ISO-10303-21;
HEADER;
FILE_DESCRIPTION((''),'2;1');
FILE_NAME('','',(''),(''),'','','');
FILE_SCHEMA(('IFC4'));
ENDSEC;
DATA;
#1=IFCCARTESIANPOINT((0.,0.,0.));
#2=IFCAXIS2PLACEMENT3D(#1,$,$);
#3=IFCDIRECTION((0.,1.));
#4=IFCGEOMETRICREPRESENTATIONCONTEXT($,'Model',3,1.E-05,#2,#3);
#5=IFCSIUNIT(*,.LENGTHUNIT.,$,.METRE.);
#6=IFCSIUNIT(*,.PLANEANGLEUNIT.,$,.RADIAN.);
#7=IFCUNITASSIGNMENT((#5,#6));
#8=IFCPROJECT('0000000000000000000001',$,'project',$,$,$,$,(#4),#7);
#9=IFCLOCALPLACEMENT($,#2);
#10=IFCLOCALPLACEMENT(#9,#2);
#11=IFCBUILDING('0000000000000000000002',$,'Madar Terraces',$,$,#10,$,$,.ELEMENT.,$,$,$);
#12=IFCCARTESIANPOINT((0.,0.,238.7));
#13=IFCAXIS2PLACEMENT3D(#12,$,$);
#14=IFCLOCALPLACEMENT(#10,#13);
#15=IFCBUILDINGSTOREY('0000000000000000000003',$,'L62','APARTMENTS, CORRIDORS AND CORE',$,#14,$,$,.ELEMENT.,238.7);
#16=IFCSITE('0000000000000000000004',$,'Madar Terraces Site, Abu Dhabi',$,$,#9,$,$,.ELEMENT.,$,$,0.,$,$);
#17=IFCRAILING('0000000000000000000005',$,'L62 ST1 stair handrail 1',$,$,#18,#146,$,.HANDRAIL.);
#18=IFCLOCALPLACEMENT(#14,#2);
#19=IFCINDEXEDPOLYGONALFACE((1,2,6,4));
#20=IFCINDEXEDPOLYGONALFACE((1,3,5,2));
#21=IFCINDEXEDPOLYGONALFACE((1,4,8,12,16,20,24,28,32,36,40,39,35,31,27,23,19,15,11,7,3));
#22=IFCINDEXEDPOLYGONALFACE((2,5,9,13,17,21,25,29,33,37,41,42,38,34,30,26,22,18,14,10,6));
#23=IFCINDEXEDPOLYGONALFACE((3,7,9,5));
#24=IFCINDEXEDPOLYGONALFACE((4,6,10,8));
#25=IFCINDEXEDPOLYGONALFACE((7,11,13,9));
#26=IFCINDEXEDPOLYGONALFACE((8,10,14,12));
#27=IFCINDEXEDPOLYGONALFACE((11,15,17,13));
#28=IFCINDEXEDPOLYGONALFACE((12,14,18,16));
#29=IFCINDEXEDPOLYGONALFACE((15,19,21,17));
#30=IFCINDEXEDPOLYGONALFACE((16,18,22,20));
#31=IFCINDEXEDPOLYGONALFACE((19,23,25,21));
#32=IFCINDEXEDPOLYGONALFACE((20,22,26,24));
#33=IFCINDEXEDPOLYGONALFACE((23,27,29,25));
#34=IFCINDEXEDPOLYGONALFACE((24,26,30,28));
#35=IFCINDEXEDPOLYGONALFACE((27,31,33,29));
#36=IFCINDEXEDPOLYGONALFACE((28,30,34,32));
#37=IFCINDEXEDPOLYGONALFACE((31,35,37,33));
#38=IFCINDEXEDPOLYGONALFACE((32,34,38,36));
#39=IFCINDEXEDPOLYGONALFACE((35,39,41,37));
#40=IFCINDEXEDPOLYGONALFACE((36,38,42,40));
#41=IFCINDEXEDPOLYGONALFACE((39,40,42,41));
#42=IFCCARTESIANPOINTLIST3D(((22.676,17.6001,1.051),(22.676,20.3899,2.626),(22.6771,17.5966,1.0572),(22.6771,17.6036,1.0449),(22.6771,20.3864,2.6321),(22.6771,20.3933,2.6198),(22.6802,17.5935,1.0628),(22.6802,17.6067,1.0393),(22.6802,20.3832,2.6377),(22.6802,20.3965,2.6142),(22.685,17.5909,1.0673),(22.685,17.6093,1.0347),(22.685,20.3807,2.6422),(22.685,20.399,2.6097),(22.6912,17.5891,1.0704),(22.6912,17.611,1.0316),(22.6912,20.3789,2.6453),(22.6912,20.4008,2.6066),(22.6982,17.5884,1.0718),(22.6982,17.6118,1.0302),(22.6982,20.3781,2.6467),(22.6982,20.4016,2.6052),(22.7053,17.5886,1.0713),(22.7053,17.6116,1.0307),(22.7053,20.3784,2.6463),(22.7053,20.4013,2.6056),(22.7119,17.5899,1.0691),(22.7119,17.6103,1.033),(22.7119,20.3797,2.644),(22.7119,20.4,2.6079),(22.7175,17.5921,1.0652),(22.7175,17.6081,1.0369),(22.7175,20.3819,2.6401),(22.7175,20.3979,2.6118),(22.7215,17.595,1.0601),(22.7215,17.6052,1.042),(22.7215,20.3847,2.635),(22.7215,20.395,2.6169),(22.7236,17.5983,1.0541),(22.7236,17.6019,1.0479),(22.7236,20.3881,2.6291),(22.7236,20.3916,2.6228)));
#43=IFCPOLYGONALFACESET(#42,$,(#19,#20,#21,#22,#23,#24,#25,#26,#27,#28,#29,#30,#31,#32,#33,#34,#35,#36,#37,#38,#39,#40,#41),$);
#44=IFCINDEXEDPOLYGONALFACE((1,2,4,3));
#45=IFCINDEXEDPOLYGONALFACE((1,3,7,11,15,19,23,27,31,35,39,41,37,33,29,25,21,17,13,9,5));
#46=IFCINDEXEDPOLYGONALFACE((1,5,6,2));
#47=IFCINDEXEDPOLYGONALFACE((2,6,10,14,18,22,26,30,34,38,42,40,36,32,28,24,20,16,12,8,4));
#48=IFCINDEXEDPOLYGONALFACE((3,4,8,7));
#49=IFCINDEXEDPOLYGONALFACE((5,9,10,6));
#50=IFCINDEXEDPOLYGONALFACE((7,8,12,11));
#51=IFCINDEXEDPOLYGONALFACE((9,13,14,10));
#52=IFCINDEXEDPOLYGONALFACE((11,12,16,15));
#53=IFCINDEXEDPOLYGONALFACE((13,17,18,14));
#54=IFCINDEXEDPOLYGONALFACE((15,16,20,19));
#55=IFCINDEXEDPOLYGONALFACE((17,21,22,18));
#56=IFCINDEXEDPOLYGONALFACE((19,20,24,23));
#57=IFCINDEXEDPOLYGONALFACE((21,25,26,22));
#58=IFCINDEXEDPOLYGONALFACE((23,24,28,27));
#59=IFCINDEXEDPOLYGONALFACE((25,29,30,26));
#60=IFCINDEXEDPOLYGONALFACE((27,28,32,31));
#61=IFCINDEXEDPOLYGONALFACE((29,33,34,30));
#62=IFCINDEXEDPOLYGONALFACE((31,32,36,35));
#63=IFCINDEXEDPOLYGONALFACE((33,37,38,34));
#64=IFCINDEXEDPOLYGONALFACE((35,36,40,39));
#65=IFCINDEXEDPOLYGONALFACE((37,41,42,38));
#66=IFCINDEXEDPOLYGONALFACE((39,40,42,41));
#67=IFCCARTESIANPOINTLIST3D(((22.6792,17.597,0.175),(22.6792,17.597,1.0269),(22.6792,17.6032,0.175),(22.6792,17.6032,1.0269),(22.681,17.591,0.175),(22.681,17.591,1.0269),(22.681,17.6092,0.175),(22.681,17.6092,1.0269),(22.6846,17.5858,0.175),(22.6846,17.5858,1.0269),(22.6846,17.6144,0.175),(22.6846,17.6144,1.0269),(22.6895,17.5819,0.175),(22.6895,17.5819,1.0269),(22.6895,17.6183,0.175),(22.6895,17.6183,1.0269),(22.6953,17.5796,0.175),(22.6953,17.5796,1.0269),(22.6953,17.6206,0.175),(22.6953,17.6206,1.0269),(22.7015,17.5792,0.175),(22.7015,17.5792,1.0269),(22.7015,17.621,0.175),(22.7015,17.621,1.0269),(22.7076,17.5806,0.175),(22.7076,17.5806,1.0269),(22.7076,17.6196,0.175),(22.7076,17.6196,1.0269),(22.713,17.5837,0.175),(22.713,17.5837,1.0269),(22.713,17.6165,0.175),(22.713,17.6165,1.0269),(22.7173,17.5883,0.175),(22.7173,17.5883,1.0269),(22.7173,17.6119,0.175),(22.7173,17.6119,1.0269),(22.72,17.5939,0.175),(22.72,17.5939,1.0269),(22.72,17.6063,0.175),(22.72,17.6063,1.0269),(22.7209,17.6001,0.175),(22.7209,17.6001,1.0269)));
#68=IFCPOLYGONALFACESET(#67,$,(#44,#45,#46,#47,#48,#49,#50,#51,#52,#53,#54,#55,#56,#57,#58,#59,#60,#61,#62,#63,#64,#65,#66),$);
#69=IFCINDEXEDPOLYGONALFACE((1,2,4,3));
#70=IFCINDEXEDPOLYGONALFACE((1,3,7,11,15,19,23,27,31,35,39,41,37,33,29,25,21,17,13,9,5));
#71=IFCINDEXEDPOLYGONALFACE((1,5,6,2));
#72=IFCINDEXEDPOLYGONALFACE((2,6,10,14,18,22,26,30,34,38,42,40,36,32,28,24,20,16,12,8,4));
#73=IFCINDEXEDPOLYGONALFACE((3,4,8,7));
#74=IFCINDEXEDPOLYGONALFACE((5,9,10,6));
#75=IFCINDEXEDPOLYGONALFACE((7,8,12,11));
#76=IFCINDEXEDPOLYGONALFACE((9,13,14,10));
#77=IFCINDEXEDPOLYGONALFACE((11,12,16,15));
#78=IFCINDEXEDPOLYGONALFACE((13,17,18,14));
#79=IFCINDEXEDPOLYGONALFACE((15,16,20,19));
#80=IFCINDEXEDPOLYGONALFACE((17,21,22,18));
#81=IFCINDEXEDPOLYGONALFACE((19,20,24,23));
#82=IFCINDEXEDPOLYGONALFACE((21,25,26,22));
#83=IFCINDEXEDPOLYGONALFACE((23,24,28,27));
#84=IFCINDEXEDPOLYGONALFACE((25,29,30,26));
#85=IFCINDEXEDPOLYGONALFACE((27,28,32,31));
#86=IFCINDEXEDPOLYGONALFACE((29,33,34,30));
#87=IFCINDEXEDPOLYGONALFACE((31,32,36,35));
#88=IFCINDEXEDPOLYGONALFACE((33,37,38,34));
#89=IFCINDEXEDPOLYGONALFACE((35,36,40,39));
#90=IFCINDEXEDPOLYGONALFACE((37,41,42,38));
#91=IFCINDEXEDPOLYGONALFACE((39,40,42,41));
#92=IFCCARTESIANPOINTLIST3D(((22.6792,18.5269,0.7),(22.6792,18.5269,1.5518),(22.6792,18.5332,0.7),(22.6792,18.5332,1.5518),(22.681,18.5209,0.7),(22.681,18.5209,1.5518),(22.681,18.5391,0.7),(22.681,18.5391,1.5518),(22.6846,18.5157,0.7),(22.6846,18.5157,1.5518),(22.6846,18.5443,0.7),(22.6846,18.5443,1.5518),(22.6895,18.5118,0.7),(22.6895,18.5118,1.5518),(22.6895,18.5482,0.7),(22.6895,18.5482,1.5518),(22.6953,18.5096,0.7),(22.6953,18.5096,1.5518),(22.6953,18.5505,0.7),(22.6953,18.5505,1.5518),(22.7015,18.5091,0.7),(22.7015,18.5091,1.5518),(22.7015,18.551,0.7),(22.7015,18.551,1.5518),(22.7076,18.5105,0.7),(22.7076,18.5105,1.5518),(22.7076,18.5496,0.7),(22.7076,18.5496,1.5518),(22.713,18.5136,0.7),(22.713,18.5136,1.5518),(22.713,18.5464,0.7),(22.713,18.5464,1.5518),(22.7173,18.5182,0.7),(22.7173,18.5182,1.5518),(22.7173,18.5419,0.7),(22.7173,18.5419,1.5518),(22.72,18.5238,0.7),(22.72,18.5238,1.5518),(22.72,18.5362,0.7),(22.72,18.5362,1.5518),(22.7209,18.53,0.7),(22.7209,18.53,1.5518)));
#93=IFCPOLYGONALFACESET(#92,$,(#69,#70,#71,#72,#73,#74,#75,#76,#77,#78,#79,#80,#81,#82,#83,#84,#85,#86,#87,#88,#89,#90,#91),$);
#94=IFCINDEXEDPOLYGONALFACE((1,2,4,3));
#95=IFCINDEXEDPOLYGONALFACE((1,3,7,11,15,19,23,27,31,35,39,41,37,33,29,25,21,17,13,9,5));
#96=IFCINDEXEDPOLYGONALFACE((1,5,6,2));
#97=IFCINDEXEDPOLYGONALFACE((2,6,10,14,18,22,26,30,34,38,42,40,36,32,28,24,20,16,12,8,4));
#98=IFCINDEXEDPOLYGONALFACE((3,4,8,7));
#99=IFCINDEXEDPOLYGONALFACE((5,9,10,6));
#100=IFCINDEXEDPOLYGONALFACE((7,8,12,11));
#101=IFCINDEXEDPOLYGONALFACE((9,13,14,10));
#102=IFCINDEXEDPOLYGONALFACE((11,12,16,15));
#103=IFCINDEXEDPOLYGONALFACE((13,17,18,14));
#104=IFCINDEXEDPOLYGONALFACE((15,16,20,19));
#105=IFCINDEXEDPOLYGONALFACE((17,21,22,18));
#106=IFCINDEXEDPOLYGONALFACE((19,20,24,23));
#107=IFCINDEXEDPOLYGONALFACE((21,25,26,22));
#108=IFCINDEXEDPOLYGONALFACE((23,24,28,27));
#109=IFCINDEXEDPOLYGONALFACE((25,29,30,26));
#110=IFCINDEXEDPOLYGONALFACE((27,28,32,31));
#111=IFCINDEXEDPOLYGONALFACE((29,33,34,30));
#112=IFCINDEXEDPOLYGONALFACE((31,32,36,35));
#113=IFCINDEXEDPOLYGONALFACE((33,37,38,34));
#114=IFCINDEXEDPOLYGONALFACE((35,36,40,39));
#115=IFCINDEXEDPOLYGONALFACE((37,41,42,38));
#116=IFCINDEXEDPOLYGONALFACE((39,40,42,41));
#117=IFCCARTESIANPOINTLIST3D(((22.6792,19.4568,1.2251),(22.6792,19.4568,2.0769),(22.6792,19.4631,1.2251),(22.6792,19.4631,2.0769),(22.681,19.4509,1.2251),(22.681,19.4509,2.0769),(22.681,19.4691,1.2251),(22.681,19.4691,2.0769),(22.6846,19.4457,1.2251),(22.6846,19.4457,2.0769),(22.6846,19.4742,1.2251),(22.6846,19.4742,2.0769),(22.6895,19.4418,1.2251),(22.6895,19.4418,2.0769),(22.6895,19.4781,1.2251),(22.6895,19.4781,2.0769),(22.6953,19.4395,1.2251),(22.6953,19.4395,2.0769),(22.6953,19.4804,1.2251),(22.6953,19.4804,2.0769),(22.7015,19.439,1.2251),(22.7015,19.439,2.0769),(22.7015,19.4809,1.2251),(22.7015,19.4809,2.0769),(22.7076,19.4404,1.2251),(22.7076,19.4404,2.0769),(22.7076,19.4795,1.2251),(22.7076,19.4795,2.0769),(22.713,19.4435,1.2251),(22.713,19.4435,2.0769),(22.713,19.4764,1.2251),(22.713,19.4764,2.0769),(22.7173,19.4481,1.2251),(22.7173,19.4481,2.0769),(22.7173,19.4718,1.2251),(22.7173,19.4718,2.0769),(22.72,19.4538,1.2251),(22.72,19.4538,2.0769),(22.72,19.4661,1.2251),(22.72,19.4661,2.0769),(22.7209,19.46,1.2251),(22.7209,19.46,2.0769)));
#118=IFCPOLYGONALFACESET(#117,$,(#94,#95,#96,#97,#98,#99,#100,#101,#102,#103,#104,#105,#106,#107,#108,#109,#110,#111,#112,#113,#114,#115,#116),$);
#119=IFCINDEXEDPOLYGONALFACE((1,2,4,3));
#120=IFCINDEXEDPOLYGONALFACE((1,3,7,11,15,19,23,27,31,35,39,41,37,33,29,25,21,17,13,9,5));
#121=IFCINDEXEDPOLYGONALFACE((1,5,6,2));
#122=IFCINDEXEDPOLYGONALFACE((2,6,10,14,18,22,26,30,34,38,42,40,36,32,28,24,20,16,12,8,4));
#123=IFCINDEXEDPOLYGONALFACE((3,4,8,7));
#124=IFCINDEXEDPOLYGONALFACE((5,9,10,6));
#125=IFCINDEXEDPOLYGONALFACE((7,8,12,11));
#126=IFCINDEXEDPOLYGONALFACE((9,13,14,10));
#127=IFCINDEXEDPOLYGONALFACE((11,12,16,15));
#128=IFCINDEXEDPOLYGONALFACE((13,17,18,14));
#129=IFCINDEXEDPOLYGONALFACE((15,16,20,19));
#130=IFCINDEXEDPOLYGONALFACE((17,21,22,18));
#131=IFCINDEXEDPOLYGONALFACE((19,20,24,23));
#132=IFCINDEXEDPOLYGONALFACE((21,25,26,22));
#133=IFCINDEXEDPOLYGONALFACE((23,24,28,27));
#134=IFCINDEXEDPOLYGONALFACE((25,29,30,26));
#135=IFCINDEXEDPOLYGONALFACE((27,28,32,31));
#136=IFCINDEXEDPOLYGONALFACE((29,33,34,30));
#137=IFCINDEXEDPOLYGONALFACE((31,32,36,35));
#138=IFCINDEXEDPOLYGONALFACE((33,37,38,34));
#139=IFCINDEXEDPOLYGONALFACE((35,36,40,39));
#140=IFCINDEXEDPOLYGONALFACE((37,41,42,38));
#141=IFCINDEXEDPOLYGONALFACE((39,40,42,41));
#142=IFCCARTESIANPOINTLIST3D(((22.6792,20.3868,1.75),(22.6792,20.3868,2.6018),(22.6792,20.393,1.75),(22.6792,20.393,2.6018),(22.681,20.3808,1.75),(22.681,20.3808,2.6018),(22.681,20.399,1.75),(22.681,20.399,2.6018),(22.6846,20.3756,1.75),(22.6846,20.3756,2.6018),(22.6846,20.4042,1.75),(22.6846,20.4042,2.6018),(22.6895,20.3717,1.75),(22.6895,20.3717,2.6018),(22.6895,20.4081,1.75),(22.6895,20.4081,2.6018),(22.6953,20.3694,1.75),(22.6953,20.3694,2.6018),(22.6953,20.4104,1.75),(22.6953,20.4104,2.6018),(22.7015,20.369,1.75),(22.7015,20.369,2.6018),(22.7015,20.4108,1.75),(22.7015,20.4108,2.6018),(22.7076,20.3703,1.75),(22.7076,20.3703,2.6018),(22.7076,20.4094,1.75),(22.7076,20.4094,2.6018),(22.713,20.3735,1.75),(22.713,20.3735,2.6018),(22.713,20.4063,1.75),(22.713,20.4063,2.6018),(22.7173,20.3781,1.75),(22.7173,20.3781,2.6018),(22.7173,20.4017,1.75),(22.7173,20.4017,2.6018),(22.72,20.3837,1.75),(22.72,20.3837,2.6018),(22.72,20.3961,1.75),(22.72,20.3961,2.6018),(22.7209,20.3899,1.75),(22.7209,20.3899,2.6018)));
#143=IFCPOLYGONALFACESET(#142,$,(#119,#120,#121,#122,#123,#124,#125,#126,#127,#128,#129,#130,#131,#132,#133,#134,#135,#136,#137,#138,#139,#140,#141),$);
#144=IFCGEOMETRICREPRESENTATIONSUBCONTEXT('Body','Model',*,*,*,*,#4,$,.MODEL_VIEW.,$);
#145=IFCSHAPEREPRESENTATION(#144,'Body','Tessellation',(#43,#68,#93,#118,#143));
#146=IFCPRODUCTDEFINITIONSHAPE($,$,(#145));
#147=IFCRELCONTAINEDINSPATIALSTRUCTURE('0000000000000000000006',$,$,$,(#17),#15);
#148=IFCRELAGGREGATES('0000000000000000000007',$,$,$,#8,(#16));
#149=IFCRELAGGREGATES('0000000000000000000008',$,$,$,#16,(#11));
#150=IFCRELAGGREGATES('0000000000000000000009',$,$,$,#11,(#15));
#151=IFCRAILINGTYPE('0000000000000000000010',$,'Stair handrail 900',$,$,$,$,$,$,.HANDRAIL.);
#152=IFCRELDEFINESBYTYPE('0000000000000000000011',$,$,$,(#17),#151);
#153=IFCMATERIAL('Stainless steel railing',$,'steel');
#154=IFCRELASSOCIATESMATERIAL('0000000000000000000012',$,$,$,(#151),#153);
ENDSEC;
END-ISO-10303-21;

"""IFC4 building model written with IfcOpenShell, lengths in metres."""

from ifc_helpers import new_model, si_unit, direction, frame, origin, origin_2d, place, context, subcontext, project, spatial, circle, extrude, material, type_object, element, save


model = new_model("IFC4")

# Units and contexts
model_context = context("Model", 3, precision=1e-05, world=origin(), true_north=direction((0.0, 1.0)))
body_context = subcontext(model_context, "Body", "Model", "MODEL_VIEW")
ifc_project = project(units=[si_unit("LENGTHUNIT", "METRE"), si_unit("PLANEANGLEUNIT", "RADIAN")], contexts=[model_context])

# Site, building, storey
site_placement = place(None, origin())
site = spatial("IfcSite", under=ifc_project, at=site_placement, Name="Madar Terraces Site, Abu Dhabi", CompositionType="ELEMENT", RefElevation=0.0)
building_placement = place(site_placement, origin())
building = spatial("IfcBuilding", under=site, at=building_placement, Name="Madar Terraces", CompositionType="ELEMENT")
storey_placement = place(building_placement, frame((0.0, 0.0, 238.7)))
storey = spatial("IfcBuildingStorey", under=building, at=storey_placement, Name="L62", Description="APARTMENTS, CORRIDORS AND CORE", CompositionType="ELEMENT", Elevation=238.7)

# Railing
ifc_material_1 = material(Name="Stainless steel railing", Category="steel")
railing_type_1 = type_object("IfcRailingType", Name="Stair handrail 900", PredefinedType="HANDRAIL", material=ifc_material_1)
railing_placement = place(storey_placement, frame((22.7, 17.6001, 0.175)))
element("IfcRailing", 1, at=railing_placement, inside=storey, type_object=railing_type_1, Name="L62 ST1 stair handrail 1", PredefinedType="HANDRAIL", context=body_context, shape_type="SweptSolid", body=[
    extrude(circle(Radius=0.0239, at=origin_2d()), frame((0.0, 0.0, 0.876), z_axis=(0.0, 0.870815, 0.49161), x_axis=(-1.0, 0.0, 0.0)), (0.0, 0.0, 1.0), 3.2036),
    extrude(circle(Radius=0.021, at=origin_2d()), origin(), (0.0, 0.0, 1.0), 0.8518),
    extrude(circle(Radius=0.021, at=origin_2d()), frame((0.0, 0.9299, 0.5249)), (0.0, 0.0, 1.0), 0.8518),
    extrude(circle(Radius=0.021, at=origin_2d()), frame((0.0, 1.8599, 1.05)), (0.0, 0.0, 1.0), 0.8518),
    extrude(circle(Radius=0.021, at=origin_2d()), frame((0.0, 2.7898, 1.575)), (0.0, 0.0, 1.0), 0.8518),
])

save(model, "model.ifc")
